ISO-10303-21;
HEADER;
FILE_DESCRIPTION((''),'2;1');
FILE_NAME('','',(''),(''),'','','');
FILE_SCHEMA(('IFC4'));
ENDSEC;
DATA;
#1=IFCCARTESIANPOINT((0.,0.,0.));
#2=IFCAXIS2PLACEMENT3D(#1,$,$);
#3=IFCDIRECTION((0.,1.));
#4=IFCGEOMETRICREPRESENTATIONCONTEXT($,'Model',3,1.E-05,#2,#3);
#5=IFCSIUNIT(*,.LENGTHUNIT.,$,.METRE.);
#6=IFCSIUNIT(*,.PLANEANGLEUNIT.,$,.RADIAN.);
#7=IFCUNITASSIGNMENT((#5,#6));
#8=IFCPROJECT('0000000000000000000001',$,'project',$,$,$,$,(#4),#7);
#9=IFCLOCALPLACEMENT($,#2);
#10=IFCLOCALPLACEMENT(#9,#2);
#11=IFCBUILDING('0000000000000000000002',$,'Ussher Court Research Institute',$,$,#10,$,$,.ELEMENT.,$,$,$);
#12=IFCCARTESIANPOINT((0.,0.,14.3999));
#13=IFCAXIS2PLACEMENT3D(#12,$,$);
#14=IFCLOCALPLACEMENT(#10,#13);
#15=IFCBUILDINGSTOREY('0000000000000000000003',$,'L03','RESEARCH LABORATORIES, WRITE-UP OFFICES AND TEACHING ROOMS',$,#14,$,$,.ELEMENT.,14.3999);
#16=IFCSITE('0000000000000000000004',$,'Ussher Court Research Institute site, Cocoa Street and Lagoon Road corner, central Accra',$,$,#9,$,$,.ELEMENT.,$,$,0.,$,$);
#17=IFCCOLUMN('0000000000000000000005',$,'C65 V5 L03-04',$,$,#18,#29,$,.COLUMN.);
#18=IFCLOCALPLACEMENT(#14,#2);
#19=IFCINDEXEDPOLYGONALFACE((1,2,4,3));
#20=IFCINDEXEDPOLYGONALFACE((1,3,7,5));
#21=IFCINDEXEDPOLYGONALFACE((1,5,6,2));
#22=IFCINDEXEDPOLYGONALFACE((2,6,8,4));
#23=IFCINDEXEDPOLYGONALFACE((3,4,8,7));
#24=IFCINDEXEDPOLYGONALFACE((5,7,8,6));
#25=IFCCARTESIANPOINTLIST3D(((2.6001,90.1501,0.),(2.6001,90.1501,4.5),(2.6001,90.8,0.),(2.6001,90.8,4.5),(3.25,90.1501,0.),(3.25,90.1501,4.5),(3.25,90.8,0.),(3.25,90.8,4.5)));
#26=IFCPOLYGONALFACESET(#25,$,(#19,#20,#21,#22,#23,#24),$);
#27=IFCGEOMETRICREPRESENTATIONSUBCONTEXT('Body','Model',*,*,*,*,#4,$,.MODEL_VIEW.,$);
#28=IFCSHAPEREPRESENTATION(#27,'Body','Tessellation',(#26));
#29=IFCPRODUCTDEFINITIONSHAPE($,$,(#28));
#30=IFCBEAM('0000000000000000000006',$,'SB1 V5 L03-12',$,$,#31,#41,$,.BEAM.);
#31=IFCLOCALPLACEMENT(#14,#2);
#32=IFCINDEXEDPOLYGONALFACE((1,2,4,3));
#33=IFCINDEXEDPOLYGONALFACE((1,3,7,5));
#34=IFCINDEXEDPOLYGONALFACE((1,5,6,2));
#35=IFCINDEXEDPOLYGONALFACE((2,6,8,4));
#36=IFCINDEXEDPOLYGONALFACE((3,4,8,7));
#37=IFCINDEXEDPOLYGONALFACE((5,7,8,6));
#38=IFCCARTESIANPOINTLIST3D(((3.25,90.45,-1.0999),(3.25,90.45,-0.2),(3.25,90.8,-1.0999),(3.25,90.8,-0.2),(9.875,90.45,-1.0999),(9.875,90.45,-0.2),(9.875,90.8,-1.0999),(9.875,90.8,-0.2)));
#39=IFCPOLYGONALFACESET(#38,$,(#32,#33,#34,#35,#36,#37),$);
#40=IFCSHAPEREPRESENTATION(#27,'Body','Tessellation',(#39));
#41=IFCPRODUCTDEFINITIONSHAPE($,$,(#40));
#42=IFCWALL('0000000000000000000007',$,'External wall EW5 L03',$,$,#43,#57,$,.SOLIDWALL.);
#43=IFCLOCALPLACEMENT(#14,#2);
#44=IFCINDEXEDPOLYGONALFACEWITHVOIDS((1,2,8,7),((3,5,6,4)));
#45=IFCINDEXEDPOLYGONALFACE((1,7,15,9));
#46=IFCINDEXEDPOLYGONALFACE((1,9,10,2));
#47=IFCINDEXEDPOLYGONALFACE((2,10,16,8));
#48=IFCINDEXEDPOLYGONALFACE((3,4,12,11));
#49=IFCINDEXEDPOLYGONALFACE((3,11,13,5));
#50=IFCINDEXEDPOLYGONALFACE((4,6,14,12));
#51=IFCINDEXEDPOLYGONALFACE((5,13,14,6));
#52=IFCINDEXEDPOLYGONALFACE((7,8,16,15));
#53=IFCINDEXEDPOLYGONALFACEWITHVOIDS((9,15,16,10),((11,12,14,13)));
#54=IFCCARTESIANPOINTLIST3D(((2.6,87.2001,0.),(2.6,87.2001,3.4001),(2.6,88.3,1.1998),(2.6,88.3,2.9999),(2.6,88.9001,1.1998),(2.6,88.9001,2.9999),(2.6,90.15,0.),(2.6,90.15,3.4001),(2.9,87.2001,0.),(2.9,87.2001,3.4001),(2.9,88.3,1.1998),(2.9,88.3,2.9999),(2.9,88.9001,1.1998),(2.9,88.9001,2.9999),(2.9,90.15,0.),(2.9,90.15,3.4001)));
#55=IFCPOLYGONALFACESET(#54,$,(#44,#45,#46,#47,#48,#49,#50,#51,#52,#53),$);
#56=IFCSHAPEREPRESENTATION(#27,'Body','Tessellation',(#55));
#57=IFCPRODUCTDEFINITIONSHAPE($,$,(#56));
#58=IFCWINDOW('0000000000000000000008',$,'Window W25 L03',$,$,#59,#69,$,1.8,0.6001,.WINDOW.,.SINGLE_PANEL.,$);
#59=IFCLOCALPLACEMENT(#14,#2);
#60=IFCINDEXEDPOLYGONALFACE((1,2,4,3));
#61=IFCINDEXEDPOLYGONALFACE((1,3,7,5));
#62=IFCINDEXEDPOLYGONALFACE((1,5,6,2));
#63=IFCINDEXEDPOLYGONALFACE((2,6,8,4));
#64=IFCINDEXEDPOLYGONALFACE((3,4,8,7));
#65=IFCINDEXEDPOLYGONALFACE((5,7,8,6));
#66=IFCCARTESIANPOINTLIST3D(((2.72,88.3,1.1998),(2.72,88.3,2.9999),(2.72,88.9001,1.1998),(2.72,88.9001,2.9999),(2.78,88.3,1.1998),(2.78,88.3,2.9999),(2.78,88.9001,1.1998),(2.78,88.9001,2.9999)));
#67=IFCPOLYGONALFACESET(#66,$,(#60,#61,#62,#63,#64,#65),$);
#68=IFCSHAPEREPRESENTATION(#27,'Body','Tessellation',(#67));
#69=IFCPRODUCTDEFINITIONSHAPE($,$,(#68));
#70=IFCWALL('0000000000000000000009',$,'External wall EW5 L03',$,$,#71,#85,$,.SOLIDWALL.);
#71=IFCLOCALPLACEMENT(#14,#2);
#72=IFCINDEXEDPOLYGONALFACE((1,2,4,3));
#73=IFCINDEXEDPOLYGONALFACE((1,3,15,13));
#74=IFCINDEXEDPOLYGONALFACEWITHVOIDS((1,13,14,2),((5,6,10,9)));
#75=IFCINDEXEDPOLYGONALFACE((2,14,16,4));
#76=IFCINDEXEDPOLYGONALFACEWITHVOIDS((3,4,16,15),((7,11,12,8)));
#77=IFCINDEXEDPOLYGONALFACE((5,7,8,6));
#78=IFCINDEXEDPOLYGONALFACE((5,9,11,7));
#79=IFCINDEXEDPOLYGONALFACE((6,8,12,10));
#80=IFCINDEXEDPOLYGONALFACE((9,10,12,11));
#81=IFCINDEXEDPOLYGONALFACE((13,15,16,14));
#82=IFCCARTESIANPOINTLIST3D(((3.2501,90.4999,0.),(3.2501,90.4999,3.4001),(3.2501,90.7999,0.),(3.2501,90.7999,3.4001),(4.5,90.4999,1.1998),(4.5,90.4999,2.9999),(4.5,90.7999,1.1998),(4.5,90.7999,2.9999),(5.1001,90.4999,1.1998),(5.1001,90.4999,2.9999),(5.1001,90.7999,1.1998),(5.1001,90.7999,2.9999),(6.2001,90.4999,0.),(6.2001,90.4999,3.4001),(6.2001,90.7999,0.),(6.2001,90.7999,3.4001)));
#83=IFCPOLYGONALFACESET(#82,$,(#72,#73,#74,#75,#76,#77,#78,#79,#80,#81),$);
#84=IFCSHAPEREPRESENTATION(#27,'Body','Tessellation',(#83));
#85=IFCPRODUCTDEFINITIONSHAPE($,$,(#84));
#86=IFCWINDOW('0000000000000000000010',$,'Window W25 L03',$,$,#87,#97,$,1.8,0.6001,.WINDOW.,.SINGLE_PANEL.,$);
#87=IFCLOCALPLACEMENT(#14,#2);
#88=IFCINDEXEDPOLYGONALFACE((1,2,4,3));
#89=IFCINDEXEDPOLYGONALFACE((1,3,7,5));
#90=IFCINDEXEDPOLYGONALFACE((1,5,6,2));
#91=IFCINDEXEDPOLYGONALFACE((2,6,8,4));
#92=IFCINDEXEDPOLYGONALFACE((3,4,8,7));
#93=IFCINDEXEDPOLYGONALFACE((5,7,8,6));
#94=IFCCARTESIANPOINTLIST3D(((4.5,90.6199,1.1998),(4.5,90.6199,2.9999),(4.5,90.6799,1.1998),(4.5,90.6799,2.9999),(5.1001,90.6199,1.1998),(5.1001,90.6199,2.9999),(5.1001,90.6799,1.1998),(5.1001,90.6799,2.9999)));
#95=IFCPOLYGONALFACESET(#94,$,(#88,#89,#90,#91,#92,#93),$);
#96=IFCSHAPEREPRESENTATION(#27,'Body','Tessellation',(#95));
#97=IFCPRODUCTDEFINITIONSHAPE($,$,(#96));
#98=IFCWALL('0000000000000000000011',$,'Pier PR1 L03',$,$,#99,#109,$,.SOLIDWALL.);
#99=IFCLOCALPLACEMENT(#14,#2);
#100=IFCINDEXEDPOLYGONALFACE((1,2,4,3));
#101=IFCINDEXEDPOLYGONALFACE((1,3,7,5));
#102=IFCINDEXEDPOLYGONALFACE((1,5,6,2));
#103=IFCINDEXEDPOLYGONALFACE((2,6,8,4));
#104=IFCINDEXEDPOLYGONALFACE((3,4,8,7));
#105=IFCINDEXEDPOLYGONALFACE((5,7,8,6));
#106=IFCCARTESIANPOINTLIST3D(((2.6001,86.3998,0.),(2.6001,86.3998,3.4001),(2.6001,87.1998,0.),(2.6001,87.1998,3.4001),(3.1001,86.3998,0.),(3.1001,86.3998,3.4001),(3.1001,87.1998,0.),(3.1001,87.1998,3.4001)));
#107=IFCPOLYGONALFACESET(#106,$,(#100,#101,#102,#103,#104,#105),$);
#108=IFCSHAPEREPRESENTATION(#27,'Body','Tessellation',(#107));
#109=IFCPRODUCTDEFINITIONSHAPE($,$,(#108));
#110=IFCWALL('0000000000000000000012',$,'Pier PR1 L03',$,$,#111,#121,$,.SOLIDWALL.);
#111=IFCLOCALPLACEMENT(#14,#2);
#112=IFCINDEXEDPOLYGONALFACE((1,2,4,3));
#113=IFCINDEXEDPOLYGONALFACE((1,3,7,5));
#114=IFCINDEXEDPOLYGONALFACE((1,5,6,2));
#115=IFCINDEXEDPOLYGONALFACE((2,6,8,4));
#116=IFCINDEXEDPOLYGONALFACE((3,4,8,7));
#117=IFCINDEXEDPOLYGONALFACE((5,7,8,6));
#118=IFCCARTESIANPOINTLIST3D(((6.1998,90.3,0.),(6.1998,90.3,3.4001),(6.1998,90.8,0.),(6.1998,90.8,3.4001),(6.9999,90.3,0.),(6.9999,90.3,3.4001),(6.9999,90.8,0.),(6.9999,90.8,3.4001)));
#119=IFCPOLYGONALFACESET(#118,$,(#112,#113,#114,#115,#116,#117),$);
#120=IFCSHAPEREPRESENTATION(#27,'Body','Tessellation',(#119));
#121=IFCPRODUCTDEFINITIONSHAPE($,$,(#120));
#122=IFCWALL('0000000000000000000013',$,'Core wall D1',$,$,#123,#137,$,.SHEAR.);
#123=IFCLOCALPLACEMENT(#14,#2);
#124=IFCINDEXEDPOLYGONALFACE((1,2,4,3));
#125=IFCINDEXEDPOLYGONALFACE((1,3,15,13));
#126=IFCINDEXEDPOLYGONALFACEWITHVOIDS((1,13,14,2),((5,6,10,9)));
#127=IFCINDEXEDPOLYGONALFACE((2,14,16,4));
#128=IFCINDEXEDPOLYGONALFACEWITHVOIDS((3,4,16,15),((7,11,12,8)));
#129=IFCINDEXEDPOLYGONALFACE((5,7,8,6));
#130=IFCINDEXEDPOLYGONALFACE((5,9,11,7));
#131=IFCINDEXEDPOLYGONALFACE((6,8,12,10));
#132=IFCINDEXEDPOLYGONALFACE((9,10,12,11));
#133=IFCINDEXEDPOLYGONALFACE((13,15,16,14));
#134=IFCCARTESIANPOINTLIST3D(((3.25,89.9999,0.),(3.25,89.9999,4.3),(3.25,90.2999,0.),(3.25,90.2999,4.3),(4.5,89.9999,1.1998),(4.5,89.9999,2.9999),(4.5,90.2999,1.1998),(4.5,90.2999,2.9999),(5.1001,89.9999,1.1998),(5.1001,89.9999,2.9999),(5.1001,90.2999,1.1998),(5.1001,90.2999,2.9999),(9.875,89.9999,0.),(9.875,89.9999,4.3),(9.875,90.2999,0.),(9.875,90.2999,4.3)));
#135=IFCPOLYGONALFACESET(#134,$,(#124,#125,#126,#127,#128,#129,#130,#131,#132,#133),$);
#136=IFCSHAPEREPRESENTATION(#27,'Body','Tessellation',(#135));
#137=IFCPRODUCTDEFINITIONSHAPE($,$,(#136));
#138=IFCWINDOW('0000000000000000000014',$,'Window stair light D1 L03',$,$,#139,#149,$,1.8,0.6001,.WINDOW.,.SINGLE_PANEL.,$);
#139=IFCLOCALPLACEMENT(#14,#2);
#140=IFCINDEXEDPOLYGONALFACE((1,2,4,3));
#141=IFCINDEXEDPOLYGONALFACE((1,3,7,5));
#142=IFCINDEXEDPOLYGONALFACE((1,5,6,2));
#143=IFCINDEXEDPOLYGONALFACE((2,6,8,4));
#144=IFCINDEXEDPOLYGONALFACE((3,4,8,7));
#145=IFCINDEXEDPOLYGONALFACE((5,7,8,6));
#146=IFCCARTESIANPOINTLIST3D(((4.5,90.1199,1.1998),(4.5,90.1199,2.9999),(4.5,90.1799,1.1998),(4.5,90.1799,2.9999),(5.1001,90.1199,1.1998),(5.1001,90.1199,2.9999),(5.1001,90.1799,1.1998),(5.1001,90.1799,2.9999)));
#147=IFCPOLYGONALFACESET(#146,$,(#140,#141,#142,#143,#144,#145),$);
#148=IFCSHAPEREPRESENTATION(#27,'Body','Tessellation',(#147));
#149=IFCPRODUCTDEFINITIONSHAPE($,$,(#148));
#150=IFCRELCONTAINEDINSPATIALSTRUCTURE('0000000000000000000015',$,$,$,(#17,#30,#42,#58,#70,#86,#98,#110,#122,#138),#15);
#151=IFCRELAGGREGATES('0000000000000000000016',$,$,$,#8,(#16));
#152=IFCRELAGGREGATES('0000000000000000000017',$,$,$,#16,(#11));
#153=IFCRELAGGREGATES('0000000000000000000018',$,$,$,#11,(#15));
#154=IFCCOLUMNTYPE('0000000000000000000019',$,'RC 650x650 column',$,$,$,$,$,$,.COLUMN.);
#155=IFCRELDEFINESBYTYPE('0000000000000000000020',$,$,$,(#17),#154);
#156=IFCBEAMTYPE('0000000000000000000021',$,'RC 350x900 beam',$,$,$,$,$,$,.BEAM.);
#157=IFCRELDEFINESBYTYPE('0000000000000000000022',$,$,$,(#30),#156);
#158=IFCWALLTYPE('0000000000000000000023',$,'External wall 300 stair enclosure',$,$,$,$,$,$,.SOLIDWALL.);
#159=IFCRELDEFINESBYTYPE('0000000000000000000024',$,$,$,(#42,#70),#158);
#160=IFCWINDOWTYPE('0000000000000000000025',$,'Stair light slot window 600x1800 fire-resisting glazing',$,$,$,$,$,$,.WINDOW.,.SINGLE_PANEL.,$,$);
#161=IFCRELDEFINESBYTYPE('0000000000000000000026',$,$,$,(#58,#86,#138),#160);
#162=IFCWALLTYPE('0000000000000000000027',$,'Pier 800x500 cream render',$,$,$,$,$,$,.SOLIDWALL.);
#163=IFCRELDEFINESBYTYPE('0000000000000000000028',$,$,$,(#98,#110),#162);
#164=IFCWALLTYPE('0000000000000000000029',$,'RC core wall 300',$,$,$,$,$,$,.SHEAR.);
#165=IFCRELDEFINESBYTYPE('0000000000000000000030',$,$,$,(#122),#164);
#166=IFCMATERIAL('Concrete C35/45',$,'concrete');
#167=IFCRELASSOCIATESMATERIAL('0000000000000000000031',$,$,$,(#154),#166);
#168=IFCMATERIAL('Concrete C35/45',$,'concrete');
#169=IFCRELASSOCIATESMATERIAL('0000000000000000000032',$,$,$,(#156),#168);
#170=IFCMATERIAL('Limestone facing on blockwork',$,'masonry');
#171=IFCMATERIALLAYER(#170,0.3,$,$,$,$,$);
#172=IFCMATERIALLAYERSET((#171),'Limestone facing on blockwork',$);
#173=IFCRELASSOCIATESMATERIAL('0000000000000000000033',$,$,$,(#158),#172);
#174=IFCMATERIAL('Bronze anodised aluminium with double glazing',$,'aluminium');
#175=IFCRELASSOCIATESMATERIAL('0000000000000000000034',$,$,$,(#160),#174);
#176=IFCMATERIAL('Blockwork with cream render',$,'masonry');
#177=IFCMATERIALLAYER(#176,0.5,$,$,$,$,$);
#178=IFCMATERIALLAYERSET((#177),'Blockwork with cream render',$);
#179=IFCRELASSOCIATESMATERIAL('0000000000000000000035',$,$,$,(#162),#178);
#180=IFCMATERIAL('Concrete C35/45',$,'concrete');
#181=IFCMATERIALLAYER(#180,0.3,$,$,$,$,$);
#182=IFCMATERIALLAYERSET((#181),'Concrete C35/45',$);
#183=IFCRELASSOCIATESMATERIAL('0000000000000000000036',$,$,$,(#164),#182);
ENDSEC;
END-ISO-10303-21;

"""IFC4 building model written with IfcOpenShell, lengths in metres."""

from ifc_helpers import new_model, si_unit, direction, frame, frame_2d, origin, origin_2d, place, context, subcontext, project, spatial, rectangle, extrude, material, layer, layer_set, material_profile, profile_set, type_object, element, fill, save


model = new_model("IFC4")

# Units and contexts
model_context = context("Model", 3, precision=1e-05, world=origin(), true_north=direction((0.0, 1.0)))
body_context = subcontext(model_context, "Body", "Model", "MODEL_VIEW")
ifc_project = project(units=[si_unit("LENGTHUNIT", "METRE"), si_unit("PLANEANGLEUNIT", "RADIAN")], contexts=[model_context])

# Site, building, storey
site_placement = place(None, origin())
site = spatial("IfcSite", under=ifc_project, at=site_placement, Name="Ussher Court Research Institute site, Cocoa Street and Lagoon Road corner, central Accra", CompositionType="ELEMENT", RefElevation=0.0)
building_placement = place(site_placement, origin())
building = spatial("IfcBuilding", under=site, at=building_placement, Name="Ussher Court Research Institute", CompositionType="ELEMENT")
storey_placement = place(building_placement, frame((0.0, 0.0, 14.3999)))
storey = spatial("IfcBuildingStorey", under=building, at=storey_placement, Name="L03", Description="RESEARCH LABORATORIES, WRITE-UP OFFICES AND TEACHING ROOMS", CompositionType="ELEMENT", Elevation=14.3999)

# Column
ifc_material_1 = material(Name="Concrete C35/45", Category="concrete")
ifc_material_profile_1 = material_profile(ifc_material_1, rectangle(XDim=0.6499, YDim=0.6499, at=origin_2d()), Name="RC 650x650")
ifc_profile_set_1 = profile_set([ifc_material_profile_1], Name="Concrete C35/45")
column_type = type_object("IfcColumnType", Name="RC 650x650 column", PredefinedType="COLUMN", material=ifc_profile_set_1)
column_placement = place(storey_placement, frame((2.925, 90.4751, 0.0), z_axis=(0.0, 0.0, 1.0), x_axis=(1.0, 0.0, 0.0)))
element("IfcColumn", 1, at=column_placement, inside=storey, type_object=column_type, Name="C65 V5 L03-04", PredefinedType="COLUMN", context=body_context, shape_type="SweptSolid", body=[
    extrude(rectangle(XDim=0.6499, YDim=0.6499, at=origin_2d()), origin(), (0.0, 0.0, 1.0), 4.5),
])

# Beam
ifc_material_2 = material(Name="Concrete C35/45", Category="concrete")
ifc_material_profile_2 = material_profile(ifc_material_2, rectangle(XDim=0.3501, YDim=0.8999, at=origin_2d()), Name="RC 350x900")
ifc_profile_set_2 = profile_set([ifc_material_profile_2], Name="Concrete C35/45")
beam_type = type_object("IfcBeamType", Name="RC 350x900 beam", PredefinedType="BEAM", material=ifc_profile_set_2)
beam_placement = place(storey_placement, frame((3.25, 90.625, -0.6499), z_axis=(1.0, 0.0, 0.0), x_axis=(0.0, 1.0, 0.0)))
element("IfcBeam", 2, at=beam_placement, inside=storey, type_object=beam_type, Name="SB1 V5 L03-12", PredefinedType="BEAM", context=body_context, shape_type="SweptSolid", body=[
    extrude(rectangle(XDim=0.3501, YDim=0.8999, at=origin_2d()), origin(), (0.0, 0.0, 1.0), 6.625),
])

# Walls, openings, windows
ifc_material_3 = material(Name="Limestone facing on blockwork", Category="masonry")
ifc_layer_1 = layer(ifc_material_3, 0.3)
ifc_layer_set_1 = layer_set([ifc_layer_1], Name="Limestone facing on blockwork")
wall_type_1 = type_object("IfcWallType", Name="External wall 300 stair enclosure", PredefinedType="SOLIDWALL", material=ifc_layer_set_1)
wall_1_placement = place(storey_placement, frame((2.75, 87.2, 0.0), z_axis=(0.0, 0.0, 1.0), x_axis=(0.0, 1.0, 0.0)))
wall_1 = element("IfcWall", 3, at=wall_1_placement, inside=storey, type_object=wall_type_1, Name="External wall EW5 L03", PredefinedType="SOLIDWALL", context=body_context, shape_type="SweptSolid", body=[
    extrude(rectangle(XDim=2.95, YDim=0.3, at=frame_2d((1.4751, 0.0))), origin(), (0.0, 0.0, 1.0), 3.4001),
])
opening_1_placement = place(wall_1_placement, frame((1.1001, 0.0, 1.2)))
opening_1 = element("IfcOpeningElement", 4, at=opening_1_placement, cuts=wall_1, PredefinedType="OPENING", context=body_context, shape_type="SweptSolid", body=[
    extrude(rectangle(XDim=0.6001, YDim=1.8, at=frame_2d((0.3, 0.8999))), frame((0.0, 0.1602, 0.0), z_axis=(0.0, -1.0, 0.0), x_axis=(1.0, 0.0, 0.0)), (0.0, 0.0, 1.0), 0.3201),
])
ifc_material_4 = material(Name="Bronze anodised aluminium with double glazing", Category="aluminium")
window_type = type_object("IfcWindowType", Name="Stair light slot window 600x1800 fire-resisting glazing", PartitioningType="SINGLE_PANEL", PredefinedType="WINDOW", material=ifc_material_4)
window_1_placement = place(opening_1_placement, origin())
window_1 = element("IfcWindow", 5, at=window_1_placement, inside=storey, type_object=window_type, Name="Window W25 L03", OverallHeight=1.8, OverallWidth=0.6001, PartitioningType="SINGLE_PANEL", PredefinedType="WINDOW", context=body_context, shape_type="SweptSolid", body=[
    extrude(rectangle(XDim=0.6001, YDim=1.8, at=frame_2d((0.3, 0.8999))), frame((0.0, 0.03, 0.0), z_axis=(0.0, -1.0, 0.0), x_axis=(1.0, 0.0, 0.0)), (0.0, 0.0, 1.0), 0.0601),
])
fill(opening_1, window_1)
wall_2_placement = place(storey_placement, frame((3.25, 90.6499, 0.0), z_axis=(0.0, 0.0, 1.0), x_axis=(1.0, 0.0, 0.0)))
wall_2 = element("IfcWall", 6, at=wall_2_placement, inside=storey, type_object=wall_type_1, Name="External wall EW5 L03", PredefinedType="SOLIDWALL", context=body_context, shape_type="SweptSolid", body=[
    extrude(rectangle(XDim=2.95, YDim=0.3, at=frame_2d((1.4751, 0.0))), origin(), (0.0, 0.0, 1.0), 3.4001),
])
opening_2_placement = place(wall_2_placement, frame((1.25, 0.0, 1.2)))
opening_2 = element("IfcOpeningElement", 7, at=opening_2_placement, cuts=wall_2, PredefinedType="OPENING", context=body_context, shape_type="SweptSolid", body=[
    extrude(rectangle(XDim=0.6001, YDim=1.8, at=frame_2d((0.3, 0.8999))), frame((0.0, 0.1602, 0.0), z_axis=(0.0, -1.0, 0.0), x_axis=(1.0, 0.0, 0.0)), (0.0, 0.0, 1.0), 0.3201),
])
window_2_placement = place(opening_2_placement, origin())
window_2 = element("IfcWindow", 8, at=window_2_placement, inside=storey, type_object=window_type, Name="Window W25 L03", OverallHeight=1.8, OverallWidth=0.6001, PartitioningType="SINGLE_PANEL", PredefinedType="WINDOW", context=body_context, shape_type="SweptSolid", body=[
    extrude(rectangle(XDim=0.6001, YDim=1.8, at=frame_2d((0.3, 0.8999))), frame((0.0, 0.03, 0.0), z_axis=(0.0, -1.0, 0.0), x_axis=(1.0, 0.0, 0.0)), (0.0, 0.0, 1.0), 0.0601),
])
fill(opening_2, window_2)

# Walls
ifc_material_5 = material(Name="Blockwork with cream render", Category="masonry")
ifc_layer_2 = layer(ifc_material_5, 0.5)
ifc_layer_set_2 = layer_set([ifc_layer_2], Name="Blockwork with cream render")
wall_type_2 = type_object("IfcWallType", Name="Pier 800x500 cream render", PredefinedType="SOLIDWALL", material=ifc_layer_set_2)
for number, where, z_axis, x_axis, name in (
    (9, (2.8501, 86.3999, 0.0), (0.0, 0.0, 1.0), (0.0, 1.0, 0.0), "Pier PR1 L03"),
    (10, (6.2, 90.55, 0.0), (0.0, 0.0, 1.0), (1.0, 0.0, 0.0), "Pier PR1 L03"),
):
    element("IfcWall", number, at=place(storey_placement, frame(where, z_axis=z_axis, x_axis=x_axis)), inside=storey, type_object=wall_type_2, Name=name, PredefinedType="SOLIDWALL", context=body_context, shape_type="SweptSolid", body=[
        extrude(rectangle(XDim=0.8, YDim=0.5, at=frame_2d((0.3999, 0.0))), origin(), (0.0, 0.0, 1.0), 3.4001),
    ])

# Wall, opening, window
ifc_material_6 = material(Name="Concrete C35/45", Category="concrete")
ifc_layer_3 = layer(ifc_material_6, 0.3)
ifc_layer_set_3 = layer_set([ifc_layer_3], Name="Concrete C35/45")
wall_type_3 = type_object("IfcWallType", Name="RC core wall 300", PredefinedType="SHEAR", material=ifc_layer_set_3)
wall_3_placement = place(storey_placement, frame((3.25, 90.1499, 0.0), z_axis=(0.0, 0.0, 1.0), x_axis=(1.0, 0.0, 0.0)))
wall_3 = element("IfcWall", 11, at=wall_3_placement, inside=storey, type_object=wall_type_3, Name="Core wall D1", PredefinedType="SHEAR", context=body_context, shape_type="SweptSolid", body=[
    extrude(rectangle(XDim=6.625, YDim=0.3, at=frame_2d((3.3125, 0.0))), origin(), (0.0, 0.0, 1.0), 4.3),
])
opening_3_placement = place(wall_3_placement, frame((1.25, 0.0, 1.2)))
opening_3 = element("IfcOpeningElement", 12, at=opening_3_placement, cuts=wall_3, PredefinedType="OPENING", context=body_context, shape_type="SweptSolid", body=[
    extrude(rectangle(XDim=0.6001, YDim=1.8, at=frame_2d((0.3, 0.8999))), frame((0.0, 0.1602, 0.0), z_axis=(0.0, -1.0, 0.0), x_axis=(1.0, 0.0, 0.0)), (0.0, 0.0, 1.0), 0.3201),
])
window_3_placement = place(opening_3_placement, origin())
window_3 = element("IfcWindow", 13, at=window_3_placement, inside=storey, type_object=window_type, Name="Window stair light D1 L03", OverallHeight=1.8, OverallWidth=0.6001, PartitioningType="SINGLE_PANEL", PredefinedType="WINDOW", context=body_context, shape_type="SweptSolid", body=[
    extrude(rectangle(XDim=0.6001, YDim=1.8, at=frame_2d((0.3, 0.8999))), frame((0.0, 0.03, 0.0), z_axis=(0.0, -1.0, 0.0), x_axis=(1.0, 0.0, 0.0)), (0.0, 0.0, 1.0), 0.0601),
])
fill(opening_3, window_3)

save(model, "model.ifc")
